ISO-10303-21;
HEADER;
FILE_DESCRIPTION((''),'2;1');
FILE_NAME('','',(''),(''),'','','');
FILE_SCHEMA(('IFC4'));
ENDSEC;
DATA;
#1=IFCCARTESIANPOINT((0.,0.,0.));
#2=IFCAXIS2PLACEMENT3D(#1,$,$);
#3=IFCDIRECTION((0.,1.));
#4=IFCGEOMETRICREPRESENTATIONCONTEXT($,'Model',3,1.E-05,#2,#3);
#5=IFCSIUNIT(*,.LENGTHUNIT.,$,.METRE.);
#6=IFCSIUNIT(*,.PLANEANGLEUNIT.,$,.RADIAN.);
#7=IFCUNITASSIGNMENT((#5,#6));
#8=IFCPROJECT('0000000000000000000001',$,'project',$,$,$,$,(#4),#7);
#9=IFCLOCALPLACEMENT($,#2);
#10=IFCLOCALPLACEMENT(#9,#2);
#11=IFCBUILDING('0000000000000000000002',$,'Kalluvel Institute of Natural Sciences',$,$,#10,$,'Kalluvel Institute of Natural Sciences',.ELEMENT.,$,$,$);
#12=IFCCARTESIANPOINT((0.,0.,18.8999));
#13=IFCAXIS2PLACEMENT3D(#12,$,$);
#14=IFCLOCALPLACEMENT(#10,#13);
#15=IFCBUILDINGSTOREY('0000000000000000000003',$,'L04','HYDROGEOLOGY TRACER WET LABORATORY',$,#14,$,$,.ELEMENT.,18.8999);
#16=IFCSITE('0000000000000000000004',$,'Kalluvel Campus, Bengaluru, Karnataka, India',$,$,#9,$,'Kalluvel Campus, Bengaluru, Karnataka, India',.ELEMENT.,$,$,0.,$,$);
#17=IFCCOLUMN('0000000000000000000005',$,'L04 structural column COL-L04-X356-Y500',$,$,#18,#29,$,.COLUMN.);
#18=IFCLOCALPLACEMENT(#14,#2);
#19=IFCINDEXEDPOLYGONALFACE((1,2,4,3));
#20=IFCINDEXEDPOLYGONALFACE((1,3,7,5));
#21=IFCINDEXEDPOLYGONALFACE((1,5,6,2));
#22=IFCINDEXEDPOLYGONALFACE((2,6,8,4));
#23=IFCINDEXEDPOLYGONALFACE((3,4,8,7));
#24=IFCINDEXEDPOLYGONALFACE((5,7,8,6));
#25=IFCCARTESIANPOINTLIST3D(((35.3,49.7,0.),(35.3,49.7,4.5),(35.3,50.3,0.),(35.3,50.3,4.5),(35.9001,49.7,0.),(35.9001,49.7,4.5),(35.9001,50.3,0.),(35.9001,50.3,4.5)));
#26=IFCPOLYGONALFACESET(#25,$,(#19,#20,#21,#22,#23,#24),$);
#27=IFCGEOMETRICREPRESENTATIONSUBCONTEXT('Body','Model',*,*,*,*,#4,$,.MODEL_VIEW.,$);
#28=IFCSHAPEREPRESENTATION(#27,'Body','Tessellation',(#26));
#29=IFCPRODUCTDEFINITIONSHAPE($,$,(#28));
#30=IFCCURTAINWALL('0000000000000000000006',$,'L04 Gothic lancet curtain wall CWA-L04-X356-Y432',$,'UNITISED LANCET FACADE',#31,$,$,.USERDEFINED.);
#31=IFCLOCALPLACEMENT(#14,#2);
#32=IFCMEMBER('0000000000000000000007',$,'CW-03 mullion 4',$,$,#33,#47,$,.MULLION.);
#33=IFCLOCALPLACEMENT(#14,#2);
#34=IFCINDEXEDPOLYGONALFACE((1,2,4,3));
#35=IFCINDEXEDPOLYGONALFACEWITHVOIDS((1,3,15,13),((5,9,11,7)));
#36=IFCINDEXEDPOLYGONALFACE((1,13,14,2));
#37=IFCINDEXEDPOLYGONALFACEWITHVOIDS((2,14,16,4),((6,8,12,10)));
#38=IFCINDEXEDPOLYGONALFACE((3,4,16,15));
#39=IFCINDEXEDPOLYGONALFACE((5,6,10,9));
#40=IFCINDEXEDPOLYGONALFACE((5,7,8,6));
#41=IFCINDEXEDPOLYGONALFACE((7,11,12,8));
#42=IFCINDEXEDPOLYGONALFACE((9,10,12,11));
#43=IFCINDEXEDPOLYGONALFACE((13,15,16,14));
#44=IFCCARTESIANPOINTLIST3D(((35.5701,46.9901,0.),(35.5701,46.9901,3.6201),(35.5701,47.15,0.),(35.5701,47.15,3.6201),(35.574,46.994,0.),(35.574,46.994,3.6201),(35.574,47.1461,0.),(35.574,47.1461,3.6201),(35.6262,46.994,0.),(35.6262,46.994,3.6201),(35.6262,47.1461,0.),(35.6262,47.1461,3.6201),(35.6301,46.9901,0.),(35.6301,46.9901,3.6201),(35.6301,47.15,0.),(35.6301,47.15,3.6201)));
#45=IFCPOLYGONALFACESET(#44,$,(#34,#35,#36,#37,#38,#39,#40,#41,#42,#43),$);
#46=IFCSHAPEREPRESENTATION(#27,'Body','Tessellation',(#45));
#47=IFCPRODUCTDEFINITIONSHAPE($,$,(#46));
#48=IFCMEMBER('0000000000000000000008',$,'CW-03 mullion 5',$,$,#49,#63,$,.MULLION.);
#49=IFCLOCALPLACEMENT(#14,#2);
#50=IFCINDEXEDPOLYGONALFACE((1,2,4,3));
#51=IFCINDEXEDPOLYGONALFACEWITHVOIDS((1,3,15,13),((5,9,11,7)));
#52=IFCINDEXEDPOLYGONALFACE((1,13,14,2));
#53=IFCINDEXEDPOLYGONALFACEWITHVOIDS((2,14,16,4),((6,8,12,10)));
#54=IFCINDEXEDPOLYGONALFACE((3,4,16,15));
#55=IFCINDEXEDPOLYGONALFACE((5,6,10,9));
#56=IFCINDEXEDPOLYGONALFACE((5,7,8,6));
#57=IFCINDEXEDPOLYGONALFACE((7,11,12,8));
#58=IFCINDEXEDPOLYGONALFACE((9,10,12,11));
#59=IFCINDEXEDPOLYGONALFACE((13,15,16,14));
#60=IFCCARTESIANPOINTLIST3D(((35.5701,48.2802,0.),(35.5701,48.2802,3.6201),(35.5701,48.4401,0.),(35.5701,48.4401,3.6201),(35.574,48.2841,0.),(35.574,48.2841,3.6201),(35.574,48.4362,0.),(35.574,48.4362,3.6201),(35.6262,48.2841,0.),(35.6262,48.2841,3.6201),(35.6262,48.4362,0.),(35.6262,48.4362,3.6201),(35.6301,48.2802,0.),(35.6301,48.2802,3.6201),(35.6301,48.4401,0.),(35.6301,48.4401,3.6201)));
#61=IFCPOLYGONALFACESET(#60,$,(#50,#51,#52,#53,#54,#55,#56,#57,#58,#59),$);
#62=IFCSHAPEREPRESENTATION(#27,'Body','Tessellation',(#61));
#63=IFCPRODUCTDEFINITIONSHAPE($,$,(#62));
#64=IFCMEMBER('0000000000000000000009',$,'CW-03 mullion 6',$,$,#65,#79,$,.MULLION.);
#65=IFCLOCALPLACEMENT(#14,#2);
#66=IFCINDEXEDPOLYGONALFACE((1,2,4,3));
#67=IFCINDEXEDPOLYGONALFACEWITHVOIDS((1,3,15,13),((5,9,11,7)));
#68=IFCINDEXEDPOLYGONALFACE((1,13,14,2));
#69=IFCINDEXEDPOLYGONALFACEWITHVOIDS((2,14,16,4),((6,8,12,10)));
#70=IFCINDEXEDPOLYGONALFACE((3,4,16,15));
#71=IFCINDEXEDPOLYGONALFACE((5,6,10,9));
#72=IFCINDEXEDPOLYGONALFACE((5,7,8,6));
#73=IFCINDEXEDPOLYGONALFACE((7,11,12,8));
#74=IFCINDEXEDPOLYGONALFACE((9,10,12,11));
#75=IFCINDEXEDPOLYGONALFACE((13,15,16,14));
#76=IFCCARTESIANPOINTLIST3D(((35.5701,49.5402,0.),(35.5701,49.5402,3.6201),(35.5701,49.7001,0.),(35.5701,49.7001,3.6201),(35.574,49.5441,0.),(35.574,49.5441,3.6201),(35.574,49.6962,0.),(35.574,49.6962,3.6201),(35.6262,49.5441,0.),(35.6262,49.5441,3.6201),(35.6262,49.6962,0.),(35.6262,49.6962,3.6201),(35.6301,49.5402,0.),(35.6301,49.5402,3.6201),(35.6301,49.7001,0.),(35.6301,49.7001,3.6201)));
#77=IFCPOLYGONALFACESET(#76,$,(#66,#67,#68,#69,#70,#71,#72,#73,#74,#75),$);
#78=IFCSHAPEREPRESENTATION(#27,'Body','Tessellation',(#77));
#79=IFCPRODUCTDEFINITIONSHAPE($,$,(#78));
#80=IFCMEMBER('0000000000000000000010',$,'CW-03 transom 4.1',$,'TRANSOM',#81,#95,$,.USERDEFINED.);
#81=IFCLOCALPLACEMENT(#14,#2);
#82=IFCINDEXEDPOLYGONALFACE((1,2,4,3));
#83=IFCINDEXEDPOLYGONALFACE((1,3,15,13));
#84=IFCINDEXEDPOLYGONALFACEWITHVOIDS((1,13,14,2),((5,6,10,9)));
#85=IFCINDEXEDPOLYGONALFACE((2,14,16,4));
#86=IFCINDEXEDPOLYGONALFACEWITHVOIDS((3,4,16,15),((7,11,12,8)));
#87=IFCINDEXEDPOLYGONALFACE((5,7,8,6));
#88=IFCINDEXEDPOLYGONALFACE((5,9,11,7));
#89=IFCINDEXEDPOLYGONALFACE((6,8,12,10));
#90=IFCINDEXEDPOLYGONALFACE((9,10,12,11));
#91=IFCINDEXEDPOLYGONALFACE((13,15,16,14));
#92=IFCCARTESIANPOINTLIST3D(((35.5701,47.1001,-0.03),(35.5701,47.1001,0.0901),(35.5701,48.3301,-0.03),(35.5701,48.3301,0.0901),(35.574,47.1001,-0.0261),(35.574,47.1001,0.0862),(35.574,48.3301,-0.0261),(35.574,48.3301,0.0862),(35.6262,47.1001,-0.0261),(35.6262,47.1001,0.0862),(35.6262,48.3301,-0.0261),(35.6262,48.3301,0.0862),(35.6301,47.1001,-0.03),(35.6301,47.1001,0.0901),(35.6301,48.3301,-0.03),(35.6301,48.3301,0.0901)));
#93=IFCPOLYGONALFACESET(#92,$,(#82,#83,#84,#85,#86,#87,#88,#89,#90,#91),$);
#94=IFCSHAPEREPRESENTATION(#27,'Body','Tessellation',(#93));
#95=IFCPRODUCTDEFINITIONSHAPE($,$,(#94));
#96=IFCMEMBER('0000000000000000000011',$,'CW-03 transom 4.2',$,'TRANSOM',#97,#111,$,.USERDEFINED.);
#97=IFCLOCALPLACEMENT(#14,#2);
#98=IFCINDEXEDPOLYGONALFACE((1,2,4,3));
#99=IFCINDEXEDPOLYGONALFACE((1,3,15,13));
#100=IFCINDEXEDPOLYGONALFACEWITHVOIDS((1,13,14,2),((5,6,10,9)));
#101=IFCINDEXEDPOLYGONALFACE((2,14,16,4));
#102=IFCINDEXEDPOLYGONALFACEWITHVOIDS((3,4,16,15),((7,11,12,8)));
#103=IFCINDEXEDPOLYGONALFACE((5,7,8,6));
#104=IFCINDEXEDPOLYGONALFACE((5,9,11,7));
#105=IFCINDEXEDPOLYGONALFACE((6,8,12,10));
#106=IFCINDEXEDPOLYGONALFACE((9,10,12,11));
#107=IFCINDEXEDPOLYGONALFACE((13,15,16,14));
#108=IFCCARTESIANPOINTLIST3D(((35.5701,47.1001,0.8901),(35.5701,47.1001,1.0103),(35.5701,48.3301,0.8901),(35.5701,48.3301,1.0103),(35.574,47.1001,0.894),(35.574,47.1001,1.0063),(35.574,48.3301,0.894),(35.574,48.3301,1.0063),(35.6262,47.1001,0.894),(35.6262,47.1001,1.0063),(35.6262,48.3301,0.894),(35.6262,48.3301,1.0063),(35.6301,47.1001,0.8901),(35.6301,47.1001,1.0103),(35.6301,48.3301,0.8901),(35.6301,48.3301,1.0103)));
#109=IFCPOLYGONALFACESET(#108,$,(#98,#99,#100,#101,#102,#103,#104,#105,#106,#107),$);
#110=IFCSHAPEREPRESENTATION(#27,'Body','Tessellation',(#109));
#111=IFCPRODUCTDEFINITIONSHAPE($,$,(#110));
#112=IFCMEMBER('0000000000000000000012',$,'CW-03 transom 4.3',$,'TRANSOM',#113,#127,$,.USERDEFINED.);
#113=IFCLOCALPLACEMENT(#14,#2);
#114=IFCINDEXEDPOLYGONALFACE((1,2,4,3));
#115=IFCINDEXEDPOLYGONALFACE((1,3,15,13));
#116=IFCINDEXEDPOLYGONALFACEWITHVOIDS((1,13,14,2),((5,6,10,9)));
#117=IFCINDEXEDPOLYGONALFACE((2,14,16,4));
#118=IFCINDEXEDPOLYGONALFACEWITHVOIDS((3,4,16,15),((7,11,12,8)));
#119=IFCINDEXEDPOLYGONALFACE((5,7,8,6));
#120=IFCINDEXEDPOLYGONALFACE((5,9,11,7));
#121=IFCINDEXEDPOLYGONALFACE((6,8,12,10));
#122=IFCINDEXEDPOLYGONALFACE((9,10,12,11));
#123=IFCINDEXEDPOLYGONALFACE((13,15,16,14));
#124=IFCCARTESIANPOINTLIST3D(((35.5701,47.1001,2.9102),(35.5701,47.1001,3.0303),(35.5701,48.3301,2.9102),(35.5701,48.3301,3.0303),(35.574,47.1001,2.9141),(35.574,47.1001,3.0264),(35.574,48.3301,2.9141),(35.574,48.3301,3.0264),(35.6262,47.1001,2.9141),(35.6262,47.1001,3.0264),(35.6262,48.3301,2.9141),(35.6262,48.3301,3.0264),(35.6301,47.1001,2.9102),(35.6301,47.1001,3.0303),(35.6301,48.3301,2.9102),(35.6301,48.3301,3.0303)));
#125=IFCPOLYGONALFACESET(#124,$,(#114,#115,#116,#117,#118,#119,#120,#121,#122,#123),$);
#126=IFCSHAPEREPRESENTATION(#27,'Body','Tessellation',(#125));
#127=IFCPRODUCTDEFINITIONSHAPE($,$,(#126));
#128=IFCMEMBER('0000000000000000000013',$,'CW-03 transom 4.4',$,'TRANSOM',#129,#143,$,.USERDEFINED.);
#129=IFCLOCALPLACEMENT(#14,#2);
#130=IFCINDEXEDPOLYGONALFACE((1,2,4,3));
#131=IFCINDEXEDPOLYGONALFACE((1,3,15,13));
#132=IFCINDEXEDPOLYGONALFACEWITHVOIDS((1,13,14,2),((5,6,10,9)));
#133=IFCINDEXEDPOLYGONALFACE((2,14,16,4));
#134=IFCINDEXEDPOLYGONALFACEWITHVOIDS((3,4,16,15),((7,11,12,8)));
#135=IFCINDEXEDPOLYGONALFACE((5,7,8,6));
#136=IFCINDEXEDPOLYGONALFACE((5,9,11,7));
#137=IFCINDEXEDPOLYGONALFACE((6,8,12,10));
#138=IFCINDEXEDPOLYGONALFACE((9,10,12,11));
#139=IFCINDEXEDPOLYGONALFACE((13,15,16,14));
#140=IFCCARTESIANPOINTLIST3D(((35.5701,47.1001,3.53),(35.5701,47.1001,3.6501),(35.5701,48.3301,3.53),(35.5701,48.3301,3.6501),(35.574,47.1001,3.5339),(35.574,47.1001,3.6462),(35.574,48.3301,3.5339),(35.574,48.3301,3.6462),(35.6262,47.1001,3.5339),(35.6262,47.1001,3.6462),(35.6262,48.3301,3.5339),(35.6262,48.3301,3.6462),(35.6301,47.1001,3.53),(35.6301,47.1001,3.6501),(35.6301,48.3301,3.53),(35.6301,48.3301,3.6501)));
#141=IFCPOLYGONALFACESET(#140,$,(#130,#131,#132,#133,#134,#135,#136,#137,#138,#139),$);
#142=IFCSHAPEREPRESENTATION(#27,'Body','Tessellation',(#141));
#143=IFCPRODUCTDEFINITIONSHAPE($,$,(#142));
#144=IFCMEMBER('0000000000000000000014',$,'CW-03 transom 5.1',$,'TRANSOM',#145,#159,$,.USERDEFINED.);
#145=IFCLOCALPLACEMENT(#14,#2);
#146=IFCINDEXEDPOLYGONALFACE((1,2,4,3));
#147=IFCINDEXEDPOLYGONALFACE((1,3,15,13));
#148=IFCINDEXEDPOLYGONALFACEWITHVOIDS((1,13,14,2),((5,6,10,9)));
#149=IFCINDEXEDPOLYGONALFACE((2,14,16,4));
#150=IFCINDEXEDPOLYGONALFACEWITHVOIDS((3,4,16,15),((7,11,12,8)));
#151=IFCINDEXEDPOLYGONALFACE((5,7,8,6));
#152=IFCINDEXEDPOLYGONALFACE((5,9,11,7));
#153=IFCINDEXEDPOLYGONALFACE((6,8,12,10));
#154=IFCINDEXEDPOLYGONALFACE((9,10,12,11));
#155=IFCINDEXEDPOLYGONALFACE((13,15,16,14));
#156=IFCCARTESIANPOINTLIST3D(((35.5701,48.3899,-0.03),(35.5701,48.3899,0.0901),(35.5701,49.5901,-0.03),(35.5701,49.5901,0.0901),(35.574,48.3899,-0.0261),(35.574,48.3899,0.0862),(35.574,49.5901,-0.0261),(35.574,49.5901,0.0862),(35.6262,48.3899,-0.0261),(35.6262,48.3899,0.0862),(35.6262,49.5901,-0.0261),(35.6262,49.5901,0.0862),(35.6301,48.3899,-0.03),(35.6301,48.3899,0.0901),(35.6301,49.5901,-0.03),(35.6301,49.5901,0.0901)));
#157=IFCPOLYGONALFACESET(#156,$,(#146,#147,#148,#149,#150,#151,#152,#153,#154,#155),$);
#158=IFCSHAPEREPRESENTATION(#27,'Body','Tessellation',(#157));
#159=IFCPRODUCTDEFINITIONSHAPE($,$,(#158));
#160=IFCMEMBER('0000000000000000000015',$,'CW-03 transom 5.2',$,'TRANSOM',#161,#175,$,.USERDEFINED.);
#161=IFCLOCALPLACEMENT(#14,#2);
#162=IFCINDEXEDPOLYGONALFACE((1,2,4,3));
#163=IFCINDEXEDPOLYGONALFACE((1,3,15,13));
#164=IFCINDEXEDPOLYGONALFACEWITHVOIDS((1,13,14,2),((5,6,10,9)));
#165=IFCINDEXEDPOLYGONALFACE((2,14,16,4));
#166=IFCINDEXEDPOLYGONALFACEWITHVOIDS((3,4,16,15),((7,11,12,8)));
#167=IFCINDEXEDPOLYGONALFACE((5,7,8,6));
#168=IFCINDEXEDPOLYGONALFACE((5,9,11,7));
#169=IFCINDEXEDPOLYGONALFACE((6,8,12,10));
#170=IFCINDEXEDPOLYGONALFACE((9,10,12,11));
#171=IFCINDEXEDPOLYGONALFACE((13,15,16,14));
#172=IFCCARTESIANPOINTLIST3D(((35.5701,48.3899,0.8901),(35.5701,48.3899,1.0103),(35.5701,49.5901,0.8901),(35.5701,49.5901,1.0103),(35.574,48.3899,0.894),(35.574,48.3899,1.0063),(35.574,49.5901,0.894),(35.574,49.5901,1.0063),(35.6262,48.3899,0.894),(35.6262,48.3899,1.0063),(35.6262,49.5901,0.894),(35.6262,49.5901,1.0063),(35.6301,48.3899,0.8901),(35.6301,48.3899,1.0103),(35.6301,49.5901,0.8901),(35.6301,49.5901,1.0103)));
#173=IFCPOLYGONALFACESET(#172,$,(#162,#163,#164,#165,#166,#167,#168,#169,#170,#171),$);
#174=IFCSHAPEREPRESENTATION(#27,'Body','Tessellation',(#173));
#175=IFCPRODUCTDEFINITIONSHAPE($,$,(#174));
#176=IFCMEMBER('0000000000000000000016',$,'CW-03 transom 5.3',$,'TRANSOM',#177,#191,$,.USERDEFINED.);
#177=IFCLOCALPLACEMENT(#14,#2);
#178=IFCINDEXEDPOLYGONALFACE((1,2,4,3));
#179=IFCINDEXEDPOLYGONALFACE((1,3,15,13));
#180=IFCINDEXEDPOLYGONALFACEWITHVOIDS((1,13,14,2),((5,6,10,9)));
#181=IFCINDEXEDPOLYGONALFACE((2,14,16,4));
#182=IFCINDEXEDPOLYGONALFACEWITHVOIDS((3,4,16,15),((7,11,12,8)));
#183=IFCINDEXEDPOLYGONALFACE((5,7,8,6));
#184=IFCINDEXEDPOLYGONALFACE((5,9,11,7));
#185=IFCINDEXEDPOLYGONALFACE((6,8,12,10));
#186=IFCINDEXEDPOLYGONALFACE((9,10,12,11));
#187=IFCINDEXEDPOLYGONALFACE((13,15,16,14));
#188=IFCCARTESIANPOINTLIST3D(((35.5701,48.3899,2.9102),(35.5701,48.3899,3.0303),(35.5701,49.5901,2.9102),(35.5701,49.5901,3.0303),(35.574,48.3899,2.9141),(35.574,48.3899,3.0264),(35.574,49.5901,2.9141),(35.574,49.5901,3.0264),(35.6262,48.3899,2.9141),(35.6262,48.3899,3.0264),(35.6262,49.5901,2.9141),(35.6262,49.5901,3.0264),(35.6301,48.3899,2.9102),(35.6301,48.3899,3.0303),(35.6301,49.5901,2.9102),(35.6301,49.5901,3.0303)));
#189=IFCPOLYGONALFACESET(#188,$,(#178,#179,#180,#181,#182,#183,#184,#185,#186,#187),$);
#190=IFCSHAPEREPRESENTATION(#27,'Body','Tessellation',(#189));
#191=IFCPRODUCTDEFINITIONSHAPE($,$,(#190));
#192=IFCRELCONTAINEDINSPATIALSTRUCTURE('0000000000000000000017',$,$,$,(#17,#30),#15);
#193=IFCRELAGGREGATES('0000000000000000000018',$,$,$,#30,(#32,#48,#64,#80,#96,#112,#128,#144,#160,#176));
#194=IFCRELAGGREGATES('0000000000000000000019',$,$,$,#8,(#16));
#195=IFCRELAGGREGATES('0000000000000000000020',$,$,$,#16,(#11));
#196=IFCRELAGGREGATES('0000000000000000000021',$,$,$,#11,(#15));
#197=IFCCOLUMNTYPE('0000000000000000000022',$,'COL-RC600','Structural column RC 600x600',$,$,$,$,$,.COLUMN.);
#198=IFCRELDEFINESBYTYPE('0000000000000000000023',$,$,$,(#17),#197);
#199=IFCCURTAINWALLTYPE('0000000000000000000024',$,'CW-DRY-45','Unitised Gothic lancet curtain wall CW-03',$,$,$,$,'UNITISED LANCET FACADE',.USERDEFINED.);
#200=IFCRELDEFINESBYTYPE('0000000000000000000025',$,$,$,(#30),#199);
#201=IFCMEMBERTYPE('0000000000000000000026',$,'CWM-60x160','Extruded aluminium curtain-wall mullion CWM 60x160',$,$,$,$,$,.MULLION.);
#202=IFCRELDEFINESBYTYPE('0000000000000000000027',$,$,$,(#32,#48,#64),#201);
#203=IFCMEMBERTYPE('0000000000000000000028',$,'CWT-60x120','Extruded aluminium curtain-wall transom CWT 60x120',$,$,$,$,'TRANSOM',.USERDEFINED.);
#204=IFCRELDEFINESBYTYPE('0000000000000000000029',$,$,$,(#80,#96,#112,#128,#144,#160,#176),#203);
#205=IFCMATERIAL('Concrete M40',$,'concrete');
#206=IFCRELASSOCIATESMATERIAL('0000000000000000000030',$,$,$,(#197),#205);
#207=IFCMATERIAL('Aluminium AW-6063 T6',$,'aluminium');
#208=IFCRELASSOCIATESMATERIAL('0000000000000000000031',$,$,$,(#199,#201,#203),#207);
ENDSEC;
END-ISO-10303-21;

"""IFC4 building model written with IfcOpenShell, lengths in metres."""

from ifc_helpers import new_model, si_unit, direction, frame, origin, origin_2d, place, context, subcontext, project, spatial, rectangle, hollow_rectangle, extrude, material, material_profile, profile_set, type_object, element, aggregate, save


model = new_model("IFC4")

# Units and contexts
model_context = context("Model", 3, precision=1e-05, world=origin(), true_north=direction((0.0, 1.0)))
body_context = subcontext(model_context, "Body", "Model", "MODEL_VIEW")
ifc_project = project(units=[si_unit("LENGTHUNIT", "METRE"), si_unit("PLANEANGLEUNIT", "RADIAN")], contexts=[model_context])

# Site, building, storey
site_placement = place(None, origin())
site = spatial("IfcSite", under=ifc_project, at=site_placement, Name="Kalluvel Campus, Bengaluru, Karnataka, India", LongName="Kalluvel Campus, Bengaluru, Karnataka, India", CompositionType="ELEMENT", RefElevation=0.0)
building_placement = place(site_placement, origin())
building = spatial("IfcBuilding", under=site, at=building_placement, Name="Kalluvel Institute of Natural Sciences", LongName="Kalluvel Institute of Natural Sciences", CompositionType="ELEMENT")
storey_placement = place(building_placement, frame((0.0, 0.0, 18.8999)))
storey = spatial("IfcBuildingStorey", under=building, at=storey_placement, Name="L04", Description="HYDROGEOLOGY TRACER WET LABORATORY", CompositionType="ELEMENT", Elevation=18.8999)

# Column
ifc_material_1 = material(Name="Concrete M40", Category="concrete")
ifc_material_profile_1 = material_profile(ifc_material_1, rectangle(XDim=0.6001, YDim=0.6001, at=origin_2d()), Name="RC 600x600")
ifc_profile_set_1 = profile_set([ifc_material_profile_1], Name="Concrete M40")
column_type = type_object("IfcColumnType", Name="COL-RC600", Description="Structural column RC 600x600", PredefinedType="COLUMN", material=ifc_profile_set_1)
column_placement = place(storey_placement, frame((35.6001, 50.0, 0.0), z_axis=(0.0, 0.0, 1.0), x_axis=(1.0, 0.0, 0.0)))
element("IfcColumn", 1, at=column_placement, inside=storey, type_object=column_type, Name="L04 structural column COL-L04-X356-Y500", PredefinedType="COLUMN", context=body_context, shape_type="SweptSolid", body=[
    extrude(rectangle(XDim=0.6001, YDim=0.6001, at=origin_2d()), origin(), (0.0, 0.0, 1.0), 4.5),
])

# Curtain wall, members
ifc_material_2 = material(Name="Aluminium AW-6063 T6", Category="aluminium")
curtain_wall_type = type_object("IfcCurtainWallType", Name="CW-DRY-45", Description="Unitised Gothic lancet curtain wall CW-03", ElementType="UNITISED LANCET FACADE", PredefinedType="USERDEFINED", material=ifc_material_2)
curtain_wall_placement = place(storey_placement, origin())
curtain_wall = element("IfcCurtainWall", 2, at=curtain_wall_placement, inside=storey, type_object=curtain_wall_type, Name="L04 Gothic lancet curtain wall CWA-L04-X356-Y432", ObjectType="UNITISED LANCET FACADE", PredefinedType="USERDEFINED")
ifc_material_profile_2 = material_profile(ifc_material_2, hollow_rectangle(XDim=0.0601, YDim=0.1599, WallThickness=0.0039, at=origin_2d()), Name="CWM 60x160")
ifc_profile_set_2 = profile_set([ifc_material_profile_2], Name="Aluminium AW-6063 T6")
member_type_1 = type_object("IfcMemberType", Name="CWM-60x160", Description="Extruded aluminium curtain-wall mullion CWM 60x160", PredefinedType="MULLION", material=ifc_profile_set_2)
member_1_placement = place(storey_placement, frame((35.6001, 47.0701, 0.0), z_axis=(0.0, 0.0, 1.0), x_axis=(-1.0, 0.0, 0.0)))
member_1 = element("IfcMember", 3, at=member_1_placement, type_object=member_type_1, Name="CW-03 mullion 4", PredefinedType="MULLION", context=body_context, shape_type="SweptSolid", body=[
    extrude(hollow_rectangle(XDim=0.0601, YDim=0.1599, WallThickness=0.0039, at=origin_2d()), origin(), (0.0, 0.0, 1.0), 3.6201),
])
member_2_placement = place(storey_placement, frame((35.6001, 48.3601, 0.0), z_axis=(0.0, 0.0, 1.0), x_axis=(-1.0, 0.0, 0.0)))
member_2 = element("IfcMember", 4, at=member_2_placement, type_object=member_type_1, Name="CW-03 mullion 5", PredefinedType="MULLION", context=body_context, shape_type="SweptSolid", body=[
    extrude(hollow_rectangle(XDim=0.0601, YDim=0.1599, WallThickness=0.0039, at=origin_2d()), origin(), (0.0, 0.0, 1.0), 3.6201),
])
member_3_placement = place(storey_placement, frame((35.6001, 49.6201, 0.0), z_axis=(0.0, 0.0, 1.0), x_axis=(-1.0, 0.0, 0.0)))
member_3 = element("IfcMember", 5, at=member_3_placement, type_object=member_type_1, Name="CW-03 mullion 6", PredefinedType="MULLION", context=body_context, shape_type="SweptSolid", body=[
    extrude(hollow_rectangle(XDim=0.0601, YDim=0.1599, WallThickness=0.0039, at=origin_2d()), origin(), (0.0, 0.0, 1.0), 3.6201),
])
ifc_material_profile_3 = material_profile(ifc_material_2, hollow_rectangle(XDim=0.0601, YDim=0.1201, WallThickness=0.0039, at=origin_2d()), Name="CWT 60x120")
ifc_profile_set_3 = profile_set([ifc_material_profile_3], Name="Aluminium AW-6063 T6")
member_type_2 = type_object("IfcMemberType", Name="CWT-60x120", Description="Extruded aluminium curtain-wall transom CWT 60x120", ElementType="TRANSOM", PredefinedType="USERDEFINED", material=ifc_profile_set_3)
member_4_placement = place(storey_placement, frame((35.6001, 47.1001, 0.03), z_axis=(0.0, 1.0, 0.0), x_axis=(-1.0, 0.0, 0.0)))
member_4 = element("IfcMember", 6, at=member_4_placement, type_object=member_type_2, Name="CW-03 transom 4.1", ObjectType="TRANSOM", PredefinedType="USERDEFINED", context=body_context, shape_type="SweptSolid", body=[
    extrude(hollow_rectangle(XDim=0.0601, YDim=0.1201, WallThickness=0.0039, at=origin_2d()), origin(), (0.0, 0.0, 1.0), 1.23),
])
member_5_placement = place(storey_placement, frame((35.6001, 47.1001, 0.9502), z_axis=(0.0, 1.0, 0.0), x_axis=(-1.0, 0.0, 0.0)))
member_5 = element("IfcMember", 7, at=member_5_placement, type_object=member_type_2, Name="CW-03 transom 4.2", ObjectType="TRANSOM", PredefinedType="USERDEFINED", context=body_context, shape_type="SweptSolid", body=[
    extrude(hollow_rectangle(XDim=0.0601, YDim=0.1201, WallThickness=0.0039, at=origin_2d()), origin(), (0.0, 0.0, 1.0), 1.23),
])
member_6_placement = place(storey_placement, frame((35.6001, 47.1001, 2.9702), z_axis=(0.0, 1.0, 0.0), x_axis=(-1.0, 0.0, 0.0)))
member_6 = element("IfcMember", 8, at=member_6_placement, type_object=member_type_2, Name="CW-03 transom 4.3", ObjectType="TRANSOM", PredefinedType="USERDEFINED", context=body_context, shape_type="SweptSolid", body=[
    extrude(hollow_rectangle(XDim=0.0601, YDim=0.1201, WallThickness=0.0039, at=origin_2d()), origin(), (0.0, 0.0, 1.0), 1.23),
])
member_7_placement = place(storey_placement, frame((35.6001, 47.1001, 3.5901), z_axis=(0.0, 1.0, 0.0), x_axis=(-1.0, 0.0, 0.0)))
member_7 = element("IfcMember", 9, at=member_7_placement, type_object=member_type_2, Name="CW-03 transom 4.4", ObjectType="TRANSOM", PredefinedType="USERDEFINED", context=body_context, shape_type="SweptSolid", body=[
    extrude(hollow_rectangle(XDim=0.0601, YDim=0.1201, WallThickness=0.0039, at=origin_2d()), origin(), (0.0, 0.0, 1.0), 1.23),
])
member_8_placement = place(storey_placement, frame((35.6001, 48.3899, 0.03), z_axis=(0.0, 1.0, 0.0), x_axis=(-1.0, 0.0, 0.0)))
member_8 = element("IfcMember", 10, at=member_8_placement, type_object=member_type_2, Name="CW-03 transom 5.1", ObjectType="TRANSOM", PredefinedType="USERDEFINED", context=body_context, shape_type="SweptSolid", body=[
    extrude(hollow_rectangle(XDim=0.0601, YDim=0.1201, WallThickness=0.0039, at=origin_2d()), origin(), (0.0, 0.0, 1.0), 1.2002),
])
member_9_placement = place(storey_placement, frame((35.6001, 48.3899, 0.9502), z_axis=(0.0, 1.0, 0.0), x_axis=(-1.0, 0.0, 0.0)))
member_9 = element("IfcMember", 11, at=member_9_placement, type_object=member_type_2, Name="CW-03 transom 5.2", ObjectType="TRANSOM", PredefinedType="USERDEFINED", context=body_context, shape_type="SweptSolid", body=[
    extrude(hollow_rectangle(XDim=0.0601, YDim=0.1201, WallThickness=0.0039, at=origin_2d()), origin(), (0.0, 0.0, 1.0), 1.2002),
])
member_10_placement = place(storey_placement, frame((35.6001, 48.3899, 2.9702), z_axis=(0.0, 1.0, 0.0), x_axis=(-1.0, 0.0, 0.0)))
member_10 = element("IfcMember", 12, at=member_10_placement, type_object=member_type_2, Name="CW-03 transom 5.3", ObjectType="TRANSOM", PredefinedType="USERDEFINED", context=body_context, shape_type="SweptSolid", body=[
    extrude(hollow_rectangle(XDim=0.0601, YDim=0.1201, WallThickness=0.0039, at=origin_2d()), origin(), (0.0, 0.0, 1.0), 1.2002),
])
aggregate(curtain_wall, [member_1, member_2, member_3, member_4, member_5, member_6, member_7, member_8, member_9, member_10])

save(model, "model.ifc")
